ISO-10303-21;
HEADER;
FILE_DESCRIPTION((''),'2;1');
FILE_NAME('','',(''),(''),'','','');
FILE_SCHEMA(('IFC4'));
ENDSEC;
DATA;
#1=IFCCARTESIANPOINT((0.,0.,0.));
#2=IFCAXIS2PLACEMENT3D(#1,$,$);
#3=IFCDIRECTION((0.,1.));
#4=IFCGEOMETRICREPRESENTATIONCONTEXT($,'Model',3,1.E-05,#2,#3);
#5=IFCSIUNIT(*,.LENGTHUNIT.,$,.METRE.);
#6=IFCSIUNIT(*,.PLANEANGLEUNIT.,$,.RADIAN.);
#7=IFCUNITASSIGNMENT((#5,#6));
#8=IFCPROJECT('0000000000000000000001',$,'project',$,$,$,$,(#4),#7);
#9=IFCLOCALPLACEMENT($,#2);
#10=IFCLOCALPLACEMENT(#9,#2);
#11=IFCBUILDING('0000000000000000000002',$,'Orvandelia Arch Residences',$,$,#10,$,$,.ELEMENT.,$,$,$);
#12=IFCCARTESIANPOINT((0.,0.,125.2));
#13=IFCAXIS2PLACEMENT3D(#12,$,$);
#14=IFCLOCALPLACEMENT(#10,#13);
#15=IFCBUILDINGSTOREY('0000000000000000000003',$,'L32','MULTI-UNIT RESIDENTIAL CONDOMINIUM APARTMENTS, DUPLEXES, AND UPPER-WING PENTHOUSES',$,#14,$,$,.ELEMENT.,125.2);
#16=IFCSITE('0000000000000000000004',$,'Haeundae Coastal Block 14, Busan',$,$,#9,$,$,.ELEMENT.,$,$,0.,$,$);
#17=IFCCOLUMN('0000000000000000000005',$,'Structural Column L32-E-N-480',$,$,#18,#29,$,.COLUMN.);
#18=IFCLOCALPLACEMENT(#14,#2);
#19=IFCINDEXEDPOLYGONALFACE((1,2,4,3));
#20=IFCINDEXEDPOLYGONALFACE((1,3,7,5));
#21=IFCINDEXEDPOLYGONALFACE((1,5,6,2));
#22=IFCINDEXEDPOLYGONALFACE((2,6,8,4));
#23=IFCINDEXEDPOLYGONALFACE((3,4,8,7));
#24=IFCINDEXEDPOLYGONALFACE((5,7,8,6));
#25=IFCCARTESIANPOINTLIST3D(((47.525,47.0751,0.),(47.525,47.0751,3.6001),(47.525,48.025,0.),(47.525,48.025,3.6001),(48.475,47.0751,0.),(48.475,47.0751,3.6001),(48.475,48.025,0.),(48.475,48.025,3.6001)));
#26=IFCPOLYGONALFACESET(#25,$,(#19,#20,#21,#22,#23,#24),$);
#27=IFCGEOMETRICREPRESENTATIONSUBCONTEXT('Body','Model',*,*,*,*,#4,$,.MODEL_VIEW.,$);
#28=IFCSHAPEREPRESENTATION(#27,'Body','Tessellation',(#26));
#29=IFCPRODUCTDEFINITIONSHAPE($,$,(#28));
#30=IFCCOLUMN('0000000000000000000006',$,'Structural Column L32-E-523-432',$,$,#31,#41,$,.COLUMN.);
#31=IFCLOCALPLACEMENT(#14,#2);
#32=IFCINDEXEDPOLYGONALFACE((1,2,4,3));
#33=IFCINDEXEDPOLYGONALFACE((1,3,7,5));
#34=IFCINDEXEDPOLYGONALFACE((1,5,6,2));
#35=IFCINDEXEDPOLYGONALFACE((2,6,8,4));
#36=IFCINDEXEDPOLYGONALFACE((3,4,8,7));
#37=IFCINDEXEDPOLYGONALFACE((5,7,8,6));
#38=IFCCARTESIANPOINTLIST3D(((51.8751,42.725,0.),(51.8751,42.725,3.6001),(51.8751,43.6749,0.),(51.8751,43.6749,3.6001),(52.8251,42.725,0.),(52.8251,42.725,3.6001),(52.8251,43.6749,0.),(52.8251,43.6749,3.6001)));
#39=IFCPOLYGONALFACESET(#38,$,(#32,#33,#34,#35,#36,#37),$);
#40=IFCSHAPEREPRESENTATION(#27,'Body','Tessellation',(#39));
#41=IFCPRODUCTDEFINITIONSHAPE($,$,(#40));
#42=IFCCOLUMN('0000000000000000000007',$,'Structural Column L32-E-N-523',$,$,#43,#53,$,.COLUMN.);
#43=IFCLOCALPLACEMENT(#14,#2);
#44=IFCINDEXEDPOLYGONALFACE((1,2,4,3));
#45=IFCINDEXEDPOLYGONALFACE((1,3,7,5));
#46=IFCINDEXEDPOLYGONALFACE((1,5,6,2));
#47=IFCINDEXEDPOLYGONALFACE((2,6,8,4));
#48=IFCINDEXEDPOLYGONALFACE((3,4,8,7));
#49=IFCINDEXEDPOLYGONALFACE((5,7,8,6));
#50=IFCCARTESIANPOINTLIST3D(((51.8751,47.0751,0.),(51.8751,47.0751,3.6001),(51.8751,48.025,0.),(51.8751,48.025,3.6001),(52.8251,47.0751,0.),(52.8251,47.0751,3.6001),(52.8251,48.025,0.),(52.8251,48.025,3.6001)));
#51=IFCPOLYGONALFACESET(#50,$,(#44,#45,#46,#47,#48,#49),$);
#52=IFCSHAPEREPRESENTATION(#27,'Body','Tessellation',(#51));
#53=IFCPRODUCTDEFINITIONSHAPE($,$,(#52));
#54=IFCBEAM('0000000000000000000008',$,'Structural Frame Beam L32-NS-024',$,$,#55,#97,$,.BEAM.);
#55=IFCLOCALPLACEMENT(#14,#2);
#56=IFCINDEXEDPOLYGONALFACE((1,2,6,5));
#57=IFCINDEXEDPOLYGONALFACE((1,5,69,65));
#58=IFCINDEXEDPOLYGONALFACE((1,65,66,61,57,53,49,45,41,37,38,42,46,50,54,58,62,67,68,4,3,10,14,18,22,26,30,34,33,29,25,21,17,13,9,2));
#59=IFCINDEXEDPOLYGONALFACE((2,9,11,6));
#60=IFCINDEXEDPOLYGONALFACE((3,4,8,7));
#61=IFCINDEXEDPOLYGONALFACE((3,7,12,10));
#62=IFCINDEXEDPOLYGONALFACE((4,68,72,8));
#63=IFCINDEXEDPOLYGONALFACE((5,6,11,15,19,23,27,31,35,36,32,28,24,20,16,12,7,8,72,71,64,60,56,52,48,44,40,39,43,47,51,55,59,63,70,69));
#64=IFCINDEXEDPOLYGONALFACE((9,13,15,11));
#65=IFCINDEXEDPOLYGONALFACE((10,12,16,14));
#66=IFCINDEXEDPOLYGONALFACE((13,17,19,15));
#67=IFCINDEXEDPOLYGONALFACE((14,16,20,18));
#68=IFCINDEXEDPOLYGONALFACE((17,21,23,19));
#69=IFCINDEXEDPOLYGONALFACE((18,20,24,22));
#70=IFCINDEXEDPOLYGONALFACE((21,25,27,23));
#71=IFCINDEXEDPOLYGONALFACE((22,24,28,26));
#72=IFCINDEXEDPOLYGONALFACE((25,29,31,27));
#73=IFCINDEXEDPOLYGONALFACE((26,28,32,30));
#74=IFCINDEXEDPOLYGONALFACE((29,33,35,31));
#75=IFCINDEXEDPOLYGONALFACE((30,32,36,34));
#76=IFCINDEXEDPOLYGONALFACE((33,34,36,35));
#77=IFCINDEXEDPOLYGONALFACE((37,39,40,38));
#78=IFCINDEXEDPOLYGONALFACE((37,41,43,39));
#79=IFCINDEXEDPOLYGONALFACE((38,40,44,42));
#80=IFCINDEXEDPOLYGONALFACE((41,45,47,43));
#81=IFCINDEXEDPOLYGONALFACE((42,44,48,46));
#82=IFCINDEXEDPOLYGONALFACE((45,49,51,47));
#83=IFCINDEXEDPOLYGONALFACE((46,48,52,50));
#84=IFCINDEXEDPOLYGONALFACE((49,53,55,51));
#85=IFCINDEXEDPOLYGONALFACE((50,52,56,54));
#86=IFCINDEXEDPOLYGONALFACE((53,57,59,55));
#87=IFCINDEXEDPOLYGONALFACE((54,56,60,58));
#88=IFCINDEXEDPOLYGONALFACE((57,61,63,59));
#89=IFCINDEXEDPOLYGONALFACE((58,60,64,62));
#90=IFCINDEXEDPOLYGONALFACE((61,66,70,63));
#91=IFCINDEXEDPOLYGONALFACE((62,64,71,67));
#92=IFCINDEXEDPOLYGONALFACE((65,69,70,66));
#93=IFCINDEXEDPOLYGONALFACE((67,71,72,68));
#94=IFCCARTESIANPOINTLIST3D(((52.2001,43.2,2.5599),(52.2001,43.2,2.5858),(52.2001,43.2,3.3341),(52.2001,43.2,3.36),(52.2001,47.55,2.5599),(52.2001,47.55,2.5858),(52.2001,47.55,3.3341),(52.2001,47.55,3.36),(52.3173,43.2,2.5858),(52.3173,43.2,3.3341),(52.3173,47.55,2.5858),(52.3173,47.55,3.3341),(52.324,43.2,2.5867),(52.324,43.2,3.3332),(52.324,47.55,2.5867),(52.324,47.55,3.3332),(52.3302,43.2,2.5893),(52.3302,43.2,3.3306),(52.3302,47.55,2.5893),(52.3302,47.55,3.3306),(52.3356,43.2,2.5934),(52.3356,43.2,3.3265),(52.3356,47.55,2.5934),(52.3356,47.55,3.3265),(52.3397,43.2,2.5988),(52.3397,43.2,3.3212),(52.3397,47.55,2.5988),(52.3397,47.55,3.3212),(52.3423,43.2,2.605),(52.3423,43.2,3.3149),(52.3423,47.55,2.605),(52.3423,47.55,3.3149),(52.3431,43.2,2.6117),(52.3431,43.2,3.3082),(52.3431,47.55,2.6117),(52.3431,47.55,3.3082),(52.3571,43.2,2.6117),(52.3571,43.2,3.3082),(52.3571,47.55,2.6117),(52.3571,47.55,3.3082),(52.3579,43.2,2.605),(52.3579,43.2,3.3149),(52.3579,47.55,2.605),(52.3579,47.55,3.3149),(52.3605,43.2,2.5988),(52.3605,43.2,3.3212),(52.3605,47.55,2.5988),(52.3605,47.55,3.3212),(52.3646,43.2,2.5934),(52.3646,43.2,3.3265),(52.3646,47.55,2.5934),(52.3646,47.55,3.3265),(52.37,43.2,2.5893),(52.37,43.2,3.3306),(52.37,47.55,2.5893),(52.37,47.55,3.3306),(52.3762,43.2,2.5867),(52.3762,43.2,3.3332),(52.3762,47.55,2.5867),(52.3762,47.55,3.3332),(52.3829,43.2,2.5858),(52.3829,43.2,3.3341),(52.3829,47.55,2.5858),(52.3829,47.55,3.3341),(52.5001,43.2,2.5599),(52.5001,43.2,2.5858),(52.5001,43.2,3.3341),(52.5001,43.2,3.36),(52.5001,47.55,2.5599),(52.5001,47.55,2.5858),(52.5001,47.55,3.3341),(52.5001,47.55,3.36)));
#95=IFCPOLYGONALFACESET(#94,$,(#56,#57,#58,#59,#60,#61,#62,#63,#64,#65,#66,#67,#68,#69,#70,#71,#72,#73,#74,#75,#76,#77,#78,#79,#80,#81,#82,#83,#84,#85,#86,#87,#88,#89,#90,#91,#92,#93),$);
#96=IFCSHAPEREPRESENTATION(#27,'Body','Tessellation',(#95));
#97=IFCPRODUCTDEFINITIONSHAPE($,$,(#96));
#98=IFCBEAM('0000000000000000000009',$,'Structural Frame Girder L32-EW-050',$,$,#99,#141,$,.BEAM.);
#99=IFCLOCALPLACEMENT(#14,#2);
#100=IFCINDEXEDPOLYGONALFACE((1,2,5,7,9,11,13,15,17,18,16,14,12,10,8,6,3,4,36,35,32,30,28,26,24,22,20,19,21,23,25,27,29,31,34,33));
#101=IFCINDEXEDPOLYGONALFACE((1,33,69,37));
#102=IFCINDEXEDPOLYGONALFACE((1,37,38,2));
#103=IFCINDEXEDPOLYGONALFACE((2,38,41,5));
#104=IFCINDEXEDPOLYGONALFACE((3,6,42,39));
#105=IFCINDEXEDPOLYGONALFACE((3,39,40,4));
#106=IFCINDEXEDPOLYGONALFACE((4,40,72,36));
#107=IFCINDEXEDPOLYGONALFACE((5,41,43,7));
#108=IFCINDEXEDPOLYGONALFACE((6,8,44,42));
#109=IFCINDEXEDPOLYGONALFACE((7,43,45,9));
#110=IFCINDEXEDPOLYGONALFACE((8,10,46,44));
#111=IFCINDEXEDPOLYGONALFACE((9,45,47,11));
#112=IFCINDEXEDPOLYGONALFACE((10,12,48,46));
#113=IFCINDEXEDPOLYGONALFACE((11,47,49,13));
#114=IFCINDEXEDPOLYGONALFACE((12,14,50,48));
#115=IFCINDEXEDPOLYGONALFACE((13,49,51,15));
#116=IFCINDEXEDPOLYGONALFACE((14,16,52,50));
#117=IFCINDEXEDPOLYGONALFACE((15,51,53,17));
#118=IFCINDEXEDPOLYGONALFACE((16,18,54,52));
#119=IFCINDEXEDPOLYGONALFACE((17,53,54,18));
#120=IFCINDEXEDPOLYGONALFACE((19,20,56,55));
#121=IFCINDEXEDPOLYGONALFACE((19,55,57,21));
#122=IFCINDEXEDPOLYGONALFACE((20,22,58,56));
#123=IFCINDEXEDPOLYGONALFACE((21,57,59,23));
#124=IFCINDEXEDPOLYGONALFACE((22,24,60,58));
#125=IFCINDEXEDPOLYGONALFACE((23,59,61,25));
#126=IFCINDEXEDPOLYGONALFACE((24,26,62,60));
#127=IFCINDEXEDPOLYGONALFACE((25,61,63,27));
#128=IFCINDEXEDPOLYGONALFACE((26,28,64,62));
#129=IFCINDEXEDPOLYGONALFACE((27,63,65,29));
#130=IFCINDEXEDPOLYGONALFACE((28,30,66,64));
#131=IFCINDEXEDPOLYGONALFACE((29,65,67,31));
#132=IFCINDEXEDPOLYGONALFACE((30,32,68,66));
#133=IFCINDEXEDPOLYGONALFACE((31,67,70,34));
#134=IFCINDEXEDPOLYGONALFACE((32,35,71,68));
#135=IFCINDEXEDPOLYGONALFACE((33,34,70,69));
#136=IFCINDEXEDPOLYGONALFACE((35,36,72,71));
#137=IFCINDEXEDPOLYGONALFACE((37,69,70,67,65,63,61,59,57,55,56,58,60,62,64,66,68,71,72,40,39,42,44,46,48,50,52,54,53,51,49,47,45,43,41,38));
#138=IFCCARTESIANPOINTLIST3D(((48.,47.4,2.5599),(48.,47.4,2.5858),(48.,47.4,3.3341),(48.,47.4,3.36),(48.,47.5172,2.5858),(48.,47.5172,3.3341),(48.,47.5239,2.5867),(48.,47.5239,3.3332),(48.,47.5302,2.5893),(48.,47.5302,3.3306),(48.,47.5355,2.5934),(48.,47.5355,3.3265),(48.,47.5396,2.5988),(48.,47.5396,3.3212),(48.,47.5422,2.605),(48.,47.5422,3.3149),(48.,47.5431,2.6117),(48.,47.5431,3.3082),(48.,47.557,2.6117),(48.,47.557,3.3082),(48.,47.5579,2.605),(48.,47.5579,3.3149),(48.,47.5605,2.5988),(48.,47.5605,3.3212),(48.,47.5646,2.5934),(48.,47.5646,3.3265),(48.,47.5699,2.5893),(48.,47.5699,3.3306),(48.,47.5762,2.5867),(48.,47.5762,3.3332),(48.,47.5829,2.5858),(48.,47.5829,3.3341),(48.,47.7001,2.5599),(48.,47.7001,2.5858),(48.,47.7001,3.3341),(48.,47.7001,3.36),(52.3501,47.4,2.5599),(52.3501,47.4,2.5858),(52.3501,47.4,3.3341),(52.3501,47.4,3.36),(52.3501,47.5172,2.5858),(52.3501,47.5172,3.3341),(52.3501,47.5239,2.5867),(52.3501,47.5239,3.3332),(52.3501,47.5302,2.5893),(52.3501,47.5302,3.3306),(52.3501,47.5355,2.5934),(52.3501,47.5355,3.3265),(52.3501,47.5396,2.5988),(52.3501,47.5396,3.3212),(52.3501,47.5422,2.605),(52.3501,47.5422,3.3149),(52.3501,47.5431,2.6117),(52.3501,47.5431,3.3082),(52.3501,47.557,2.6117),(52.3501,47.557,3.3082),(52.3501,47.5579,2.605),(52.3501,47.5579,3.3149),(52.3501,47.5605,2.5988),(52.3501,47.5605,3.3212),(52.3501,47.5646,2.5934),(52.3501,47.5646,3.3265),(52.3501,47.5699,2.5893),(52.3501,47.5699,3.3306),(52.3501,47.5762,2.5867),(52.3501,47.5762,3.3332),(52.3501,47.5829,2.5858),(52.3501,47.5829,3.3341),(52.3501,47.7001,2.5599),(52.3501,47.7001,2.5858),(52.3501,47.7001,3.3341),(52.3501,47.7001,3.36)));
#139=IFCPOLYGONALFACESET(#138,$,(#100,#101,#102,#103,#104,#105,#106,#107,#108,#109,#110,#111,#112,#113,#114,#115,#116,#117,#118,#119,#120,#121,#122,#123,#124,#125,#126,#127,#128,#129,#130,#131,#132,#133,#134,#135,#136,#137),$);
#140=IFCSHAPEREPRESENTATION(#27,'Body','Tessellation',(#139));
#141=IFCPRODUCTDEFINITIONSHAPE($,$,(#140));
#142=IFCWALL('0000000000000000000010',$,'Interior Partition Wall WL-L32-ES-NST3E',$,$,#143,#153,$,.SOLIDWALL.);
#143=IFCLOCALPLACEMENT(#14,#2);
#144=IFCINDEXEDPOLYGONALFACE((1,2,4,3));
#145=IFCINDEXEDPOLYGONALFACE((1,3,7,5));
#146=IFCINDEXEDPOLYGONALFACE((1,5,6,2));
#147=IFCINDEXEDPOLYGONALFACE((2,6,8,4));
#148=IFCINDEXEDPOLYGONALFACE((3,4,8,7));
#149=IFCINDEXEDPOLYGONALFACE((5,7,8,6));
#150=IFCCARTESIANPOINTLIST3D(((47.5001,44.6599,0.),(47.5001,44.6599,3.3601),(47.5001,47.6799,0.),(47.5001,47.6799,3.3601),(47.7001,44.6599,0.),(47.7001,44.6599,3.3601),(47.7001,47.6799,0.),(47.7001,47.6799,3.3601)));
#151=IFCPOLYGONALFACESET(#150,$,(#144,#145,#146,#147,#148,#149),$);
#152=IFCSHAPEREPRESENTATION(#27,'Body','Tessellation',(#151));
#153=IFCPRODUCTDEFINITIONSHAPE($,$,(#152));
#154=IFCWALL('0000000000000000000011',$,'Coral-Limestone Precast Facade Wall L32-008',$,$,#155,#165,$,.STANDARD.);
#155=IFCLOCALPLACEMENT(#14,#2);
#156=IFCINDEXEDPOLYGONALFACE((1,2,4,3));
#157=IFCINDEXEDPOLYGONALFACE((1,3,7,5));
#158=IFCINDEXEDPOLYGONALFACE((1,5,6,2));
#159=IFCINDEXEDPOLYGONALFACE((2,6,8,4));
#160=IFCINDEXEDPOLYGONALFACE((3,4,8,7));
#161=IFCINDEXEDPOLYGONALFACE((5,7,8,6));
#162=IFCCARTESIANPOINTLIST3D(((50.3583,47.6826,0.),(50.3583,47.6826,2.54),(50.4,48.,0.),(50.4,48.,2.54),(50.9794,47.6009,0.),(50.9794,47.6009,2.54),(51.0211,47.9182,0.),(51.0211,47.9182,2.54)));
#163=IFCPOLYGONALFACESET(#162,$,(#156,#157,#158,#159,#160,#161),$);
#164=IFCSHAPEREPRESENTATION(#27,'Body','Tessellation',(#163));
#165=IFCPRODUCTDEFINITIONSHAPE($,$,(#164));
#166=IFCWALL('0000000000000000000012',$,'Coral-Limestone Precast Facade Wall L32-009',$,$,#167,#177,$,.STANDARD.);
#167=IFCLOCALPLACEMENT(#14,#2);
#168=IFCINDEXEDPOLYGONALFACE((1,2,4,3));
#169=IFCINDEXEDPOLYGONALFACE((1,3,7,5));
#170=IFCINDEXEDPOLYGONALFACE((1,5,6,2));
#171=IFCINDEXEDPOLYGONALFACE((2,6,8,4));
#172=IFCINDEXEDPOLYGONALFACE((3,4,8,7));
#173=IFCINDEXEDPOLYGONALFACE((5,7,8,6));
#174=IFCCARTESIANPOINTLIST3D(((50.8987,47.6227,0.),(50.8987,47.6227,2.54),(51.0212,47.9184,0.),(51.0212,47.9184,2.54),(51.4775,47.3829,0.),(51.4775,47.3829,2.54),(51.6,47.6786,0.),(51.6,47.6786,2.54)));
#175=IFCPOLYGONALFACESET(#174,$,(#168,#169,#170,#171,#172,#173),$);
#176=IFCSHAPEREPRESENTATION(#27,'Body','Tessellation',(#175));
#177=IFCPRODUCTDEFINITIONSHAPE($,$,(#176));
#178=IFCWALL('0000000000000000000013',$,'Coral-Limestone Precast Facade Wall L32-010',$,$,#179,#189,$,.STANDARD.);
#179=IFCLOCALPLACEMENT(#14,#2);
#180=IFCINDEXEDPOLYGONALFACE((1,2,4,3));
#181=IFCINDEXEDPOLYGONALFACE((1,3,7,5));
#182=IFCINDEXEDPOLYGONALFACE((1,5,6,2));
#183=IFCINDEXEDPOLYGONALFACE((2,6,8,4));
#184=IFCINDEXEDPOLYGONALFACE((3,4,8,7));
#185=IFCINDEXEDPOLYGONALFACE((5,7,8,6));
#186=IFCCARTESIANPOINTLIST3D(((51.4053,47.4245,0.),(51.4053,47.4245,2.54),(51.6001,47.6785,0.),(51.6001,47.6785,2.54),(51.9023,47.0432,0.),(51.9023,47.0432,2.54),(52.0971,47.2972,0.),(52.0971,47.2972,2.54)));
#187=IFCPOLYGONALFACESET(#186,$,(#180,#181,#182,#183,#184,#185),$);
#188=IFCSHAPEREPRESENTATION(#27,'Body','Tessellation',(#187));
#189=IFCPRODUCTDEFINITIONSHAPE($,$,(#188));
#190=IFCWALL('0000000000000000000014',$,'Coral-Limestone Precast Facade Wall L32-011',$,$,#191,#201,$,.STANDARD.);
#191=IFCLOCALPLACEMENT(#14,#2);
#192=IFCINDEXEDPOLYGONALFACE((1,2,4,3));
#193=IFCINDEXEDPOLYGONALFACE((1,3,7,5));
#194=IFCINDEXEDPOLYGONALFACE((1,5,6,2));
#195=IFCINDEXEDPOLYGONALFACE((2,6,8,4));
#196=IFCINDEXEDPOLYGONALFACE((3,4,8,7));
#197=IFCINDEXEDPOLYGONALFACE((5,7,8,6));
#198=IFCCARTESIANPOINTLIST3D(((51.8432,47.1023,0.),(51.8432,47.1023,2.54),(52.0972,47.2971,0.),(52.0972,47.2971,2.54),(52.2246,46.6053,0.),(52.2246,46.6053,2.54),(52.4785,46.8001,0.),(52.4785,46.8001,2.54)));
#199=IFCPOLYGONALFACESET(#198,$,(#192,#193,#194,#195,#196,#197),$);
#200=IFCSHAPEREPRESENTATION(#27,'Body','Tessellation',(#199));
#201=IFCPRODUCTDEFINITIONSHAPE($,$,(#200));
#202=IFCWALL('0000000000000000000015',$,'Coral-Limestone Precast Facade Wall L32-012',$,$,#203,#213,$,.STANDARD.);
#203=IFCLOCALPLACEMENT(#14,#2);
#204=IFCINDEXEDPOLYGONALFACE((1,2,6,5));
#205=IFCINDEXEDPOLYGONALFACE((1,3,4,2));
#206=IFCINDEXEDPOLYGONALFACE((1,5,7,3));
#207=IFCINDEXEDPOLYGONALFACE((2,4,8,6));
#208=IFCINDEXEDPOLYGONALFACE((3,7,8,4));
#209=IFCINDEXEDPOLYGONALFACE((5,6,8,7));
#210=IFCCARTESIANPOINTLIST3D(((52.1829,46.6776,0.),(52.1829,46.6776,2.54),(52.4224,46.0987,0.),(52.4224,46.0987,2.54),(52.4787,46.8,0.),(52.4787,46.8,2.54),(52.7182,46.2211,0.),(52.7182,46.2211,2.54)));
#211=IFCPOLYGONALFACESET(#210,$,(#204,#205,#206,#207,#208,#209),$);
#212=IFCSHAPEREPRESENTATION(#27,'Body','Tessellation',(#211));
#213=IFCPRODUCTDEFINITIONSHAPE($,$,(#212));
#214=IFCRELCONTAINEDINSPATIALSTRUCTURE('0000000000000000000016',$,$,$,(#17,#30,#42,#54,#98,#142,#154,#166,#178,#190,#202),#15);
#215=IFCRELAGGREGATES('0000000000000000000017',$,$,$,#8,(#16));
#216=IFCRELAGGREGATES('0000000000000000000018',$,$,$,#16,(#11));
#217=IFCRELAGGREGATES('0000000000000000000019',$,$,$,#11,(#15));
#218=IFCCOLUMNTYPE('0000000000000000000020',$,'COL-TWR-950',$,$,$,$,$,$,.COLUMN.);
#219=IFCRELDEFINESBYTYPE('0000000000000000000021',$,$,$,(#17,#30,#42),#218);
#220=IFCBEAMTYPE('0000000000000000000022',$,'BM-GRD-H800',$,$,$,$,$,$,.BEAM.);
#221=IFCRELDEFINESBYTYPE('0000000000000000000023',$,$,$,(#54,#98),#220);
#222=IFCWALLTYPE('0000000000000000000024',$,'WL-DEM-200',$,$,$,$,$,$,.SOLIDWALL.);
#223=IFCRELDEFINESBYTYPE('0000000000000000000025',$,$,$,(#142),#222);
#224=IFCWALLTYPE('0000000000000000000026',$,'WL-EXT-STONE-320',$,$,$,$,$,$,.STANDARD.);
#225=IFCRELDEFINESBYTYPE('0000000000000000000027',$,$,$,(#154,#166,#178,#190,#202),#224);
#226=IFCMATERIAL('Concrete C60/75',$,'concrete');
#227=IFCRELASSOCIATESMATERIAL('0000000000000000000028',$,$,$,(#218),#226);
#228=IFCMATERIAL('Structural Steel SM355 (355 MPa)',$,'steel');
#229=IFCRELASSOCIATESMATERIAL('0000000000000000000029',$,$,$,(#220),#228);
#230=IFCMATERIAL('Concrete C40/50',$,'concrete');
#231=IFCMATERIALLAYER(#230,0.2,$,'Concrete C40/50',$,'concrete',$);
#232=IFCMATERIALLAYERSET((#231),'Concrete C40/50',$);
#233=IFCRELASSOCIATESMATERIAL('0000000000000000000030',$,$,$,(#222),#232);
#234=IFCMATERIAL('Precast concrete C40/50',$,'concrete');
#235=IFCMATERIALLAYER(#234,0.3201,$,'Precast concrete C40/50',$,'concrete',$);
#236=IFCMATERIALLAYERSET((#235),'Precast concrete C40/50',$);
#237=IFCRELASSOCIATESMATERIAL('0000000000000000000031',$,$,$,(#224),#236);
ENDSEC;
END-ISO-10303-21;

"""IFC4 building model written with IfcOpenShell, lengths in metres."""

from ifc_helpers import new_model, si_unit, direction, frame, frame_2d, origin, origin_2d, place, context, subcontext, project, spatial, rectangle, i_section, extrude, material, layer, layer_set, material_profile, profile_set, type_object, element, save


model = new_model("IFC4")

# Units and contexts
model_context = context("Model", 3, precision=1e-05, world=origin(), true_north=direction((0.0, 1.0)))
body_context = subcontext(model_context, "Body", "Model", "MODEL_VIEW")
ifc_project = project(units=[si_unit("LENGTHUNIT", "METRE"), si_unit("PLANEANGLEUNIT", "RADIAN")], contexts=[model_context])

# Site, building, storey
site_placement = place(None, origin())
site = spatial("IfcSite", under=ifc_project, at=site_placement, Name="Haeundae Coastal Block 14, Busan", CompositionType="ELEMENT", RefElevation=0.0)
building_placement = place(site_placement, origin())
building = spatial("IfcBuilding", under=site, at=building_placement, Name="Orvandelia Arch Residences", CompositionType="ELEMENT")
storey_placement = place(building_placement, frame((0.0, 0.0, 125.2)))
storey = spatial("IfcBuildingStorey", under=building, at=storey_placement, Name="L32", Description="MULTI-UNIT RESIDENTIAL CONDOMINIUM APARTMENTS, DUPLEXES, AND UPPER-WING PENTHOUSES", CompositionType="ELEMENT", Elevation=125.2)

# Columns
ifc_material_1 = material(Name="Concrete C60/75", Category="concrete")
ifc_material_profile_1 = material_profile(ifc_material_1, rectangle(XDim=0.95, YDim=0.95, at=origin_2d()), Name="Concrete C60/75", Category="concrete")
ifc_profile_set_1 = profile_set([ifc_material_profile_1], Name="Concrete C60/75")
column_type = type_object("IfcColumnType", Name="COL-TWR-950", PredefinedType="COLUMN", material=ifc_profile_set_1)
for number, where, z_axis, x_axis, name in (
    (1, (48.0, 47.55, 0.0), (0.0, 0.0, 1.0), (1.0, 0.0, 0.0), "Structural Column L32-E-N-480"),
    (2, (52.3501, 43.2, 0.0), (0.0, 0.0, 1.0), (1.0, 0.0, 0.0), "Structural Column L32-E-523-432"),
    (3, (52.3501, 47.55, 0.0), (0.0, 0.0, 1.0), (1.0, 0.0, 0.0), "Structural Column L32-E-N-523"),
):
    element("IfcColumn", number, at=place(storey_placement, frame(where, z_axis=z_axis, x_axis=x_axis)), inside=storey, type_object=column_type, Name=name, PredefinedType="COLUMN", context=body_context, shape_type="SweptSolid", body=[
        extrude(rectangle(XDim=0.95, YDim=0.95, at=origin_2d()), origin(), (0.0, 0.0, 1.0), 3.6001),
    ])

# Beams
ifc_material_2 = material(Name="Structural Steel SM355 (355 MPa)", Category="steel")
ifc_material_profile_2 = material_profile(ifc_material_2, i_section(OverallWidth=0.3, OverallDepth=0.8, WebThickness=0.0139, FlangeThickness=0.0259, FilletRadius=0.0259, at=origin_2d()), Name="Structural Steel SM355 (355 MPa)", Category="steel")
ifc_profile_set_2 = profile_set([ifc_material_profile_2], Name="Structural Steel SM355 (355 MPa)")
beam_type = type_object("IfcBeamType", Name="BM-GRD-H800", PredefinedType="BEAM", material=ifc_profile_set_2)
for number, where, z_axis, x_axis, name in (
    (4, (52.3501, 43.2, 2.96), (0.0, 1.0, 0.0), (-1.0, 0.0, 0.0), "Structural Frame Beam L32-NS-024"),
    (5, (48.0, 47.55, 2.96), (1.0, 0.0, 0.0), (0.0, 1.0, 0.0), "Structural Frame Girder L32-EW-050"),
):
    element("IfcBeam", number, at=place(storey_placement, frame(where, z_axis=z_axis, x_axis=x_axis)), inside=storey, type_object=beam_type, Name=name, PredefinedType="BEAM", context=body_context, shape_type="SweptSolid", body=[
        extrude(i_section(OverallWidth=0.3, OverallDepth=0.8, WebThickness=0.0139, FlangeThickness=0.0259, FilletRadius=0.0259, at=origin_2d()), origin(), (0.0, 0.0, 1.0), 4.3501),
    ])

# Walls
ifc_material_3 = material(Name="Concrete C40/50", Category="concrete")
ifc_layer_1 = layer(ifc_material_3, 0.2, Name="Concrete C40/50", Category="concrete")
ifc_layer_set_1 = layer_set([ifc_layer_1], Name="Concrete C40/50")
wall_type_1 = type_object("IfcWallType", Name="WL-DEM-200", PredefinedType="SOLIDWALL", material=ifc_layer_set_1)
wall_1_placement = place(storey_placement, frame((47.6001, 44.6599, 0.0), z_axis=(0.0, 0.0, 1.0), x_axis=(0.0, 1.0, 0.0)))
element("IfcWall", 6, at=wall_1_placement, inside=storey, type_object=wall_type_1, Name="Interior Partition Wall WL-L32-ES-NST3E", PredefinedType="SOLIDWALL", context=body_context, shape_type="SweptSolid", body=[
    extrude(rectangle(XDim=3.02, YDim=0.2, at=frame_2d((1.51, 0.0))), origin(), (0.0, 0.0, 1.0), 3.3601),
])
ifc_material_4 = material(Name="Precast concrete C40/50", Category="concrete")
ifc_layer_2 = layer(ifc_material_4, 0.3201, Name="Precast concrete C40/50", Category="concrete")
ifc_layer_set_2 = layer_set([ifc_layer_2], Name="Precast concrete C40/50")
wall_type_2 = type_object("IfcWallType", Name="WL-EXT-STONE-320", PredefinedType="STANDARD", material=ifc_layer_set_2)
for number, where, z_axis, x_axis, name in (
    (7, (50.3792, 47.8413, 0.0), (0.0, 0.0, 1.0), (0.991441, -0.130555, 0.0), "Coral-Limestone Precast Facade Wall L32-008"),
    (8, (50.96, 47.7705, 0.0), (0.0, 0.0, 1.0), (0.923893, -0.38265, 0.0), "Coral-Limestone Precast Facade Wall L32-009"),
    (9, (51.5027, 47.5515, 0.0), (0.0, 0.0, 1.0), (0.793406, -0.608693, 0.0), "Coral-Limestone Precast Facade Wall L32-010"),
    (10, (51.9702, 47.1997, 0.0), (0.0, 0.0, 1.0), (0.608693, -0.793406, 0.0), "Coral-Limestone Precast Facade Wall L32-011"),
    (11, (52.3308, 46.7388, 0.0), (0.0, 0.0, 1.0), (0.382317, -0.924031, 0.0), "Coral-Limestone Precast Facade Wall L32-012"),
):
    element("IfcWall", number, at=place(storey_placement, frame(where, z_axis=z_axis, x_axis=x_axis)), inside=storey, type_object=wall_type_2, Name=name, PredefinedType="STANDARD", context=body_context, shape_type="SweptSolid", body=[
        extrude(rectangle(XDim=0.6265, YDim=0.3201, at=frame_2d((0.3132, 0.0))), origin(), (0.0, 0.0, 1.0), 2.54),
    ])

save(model, "model.ifc")
